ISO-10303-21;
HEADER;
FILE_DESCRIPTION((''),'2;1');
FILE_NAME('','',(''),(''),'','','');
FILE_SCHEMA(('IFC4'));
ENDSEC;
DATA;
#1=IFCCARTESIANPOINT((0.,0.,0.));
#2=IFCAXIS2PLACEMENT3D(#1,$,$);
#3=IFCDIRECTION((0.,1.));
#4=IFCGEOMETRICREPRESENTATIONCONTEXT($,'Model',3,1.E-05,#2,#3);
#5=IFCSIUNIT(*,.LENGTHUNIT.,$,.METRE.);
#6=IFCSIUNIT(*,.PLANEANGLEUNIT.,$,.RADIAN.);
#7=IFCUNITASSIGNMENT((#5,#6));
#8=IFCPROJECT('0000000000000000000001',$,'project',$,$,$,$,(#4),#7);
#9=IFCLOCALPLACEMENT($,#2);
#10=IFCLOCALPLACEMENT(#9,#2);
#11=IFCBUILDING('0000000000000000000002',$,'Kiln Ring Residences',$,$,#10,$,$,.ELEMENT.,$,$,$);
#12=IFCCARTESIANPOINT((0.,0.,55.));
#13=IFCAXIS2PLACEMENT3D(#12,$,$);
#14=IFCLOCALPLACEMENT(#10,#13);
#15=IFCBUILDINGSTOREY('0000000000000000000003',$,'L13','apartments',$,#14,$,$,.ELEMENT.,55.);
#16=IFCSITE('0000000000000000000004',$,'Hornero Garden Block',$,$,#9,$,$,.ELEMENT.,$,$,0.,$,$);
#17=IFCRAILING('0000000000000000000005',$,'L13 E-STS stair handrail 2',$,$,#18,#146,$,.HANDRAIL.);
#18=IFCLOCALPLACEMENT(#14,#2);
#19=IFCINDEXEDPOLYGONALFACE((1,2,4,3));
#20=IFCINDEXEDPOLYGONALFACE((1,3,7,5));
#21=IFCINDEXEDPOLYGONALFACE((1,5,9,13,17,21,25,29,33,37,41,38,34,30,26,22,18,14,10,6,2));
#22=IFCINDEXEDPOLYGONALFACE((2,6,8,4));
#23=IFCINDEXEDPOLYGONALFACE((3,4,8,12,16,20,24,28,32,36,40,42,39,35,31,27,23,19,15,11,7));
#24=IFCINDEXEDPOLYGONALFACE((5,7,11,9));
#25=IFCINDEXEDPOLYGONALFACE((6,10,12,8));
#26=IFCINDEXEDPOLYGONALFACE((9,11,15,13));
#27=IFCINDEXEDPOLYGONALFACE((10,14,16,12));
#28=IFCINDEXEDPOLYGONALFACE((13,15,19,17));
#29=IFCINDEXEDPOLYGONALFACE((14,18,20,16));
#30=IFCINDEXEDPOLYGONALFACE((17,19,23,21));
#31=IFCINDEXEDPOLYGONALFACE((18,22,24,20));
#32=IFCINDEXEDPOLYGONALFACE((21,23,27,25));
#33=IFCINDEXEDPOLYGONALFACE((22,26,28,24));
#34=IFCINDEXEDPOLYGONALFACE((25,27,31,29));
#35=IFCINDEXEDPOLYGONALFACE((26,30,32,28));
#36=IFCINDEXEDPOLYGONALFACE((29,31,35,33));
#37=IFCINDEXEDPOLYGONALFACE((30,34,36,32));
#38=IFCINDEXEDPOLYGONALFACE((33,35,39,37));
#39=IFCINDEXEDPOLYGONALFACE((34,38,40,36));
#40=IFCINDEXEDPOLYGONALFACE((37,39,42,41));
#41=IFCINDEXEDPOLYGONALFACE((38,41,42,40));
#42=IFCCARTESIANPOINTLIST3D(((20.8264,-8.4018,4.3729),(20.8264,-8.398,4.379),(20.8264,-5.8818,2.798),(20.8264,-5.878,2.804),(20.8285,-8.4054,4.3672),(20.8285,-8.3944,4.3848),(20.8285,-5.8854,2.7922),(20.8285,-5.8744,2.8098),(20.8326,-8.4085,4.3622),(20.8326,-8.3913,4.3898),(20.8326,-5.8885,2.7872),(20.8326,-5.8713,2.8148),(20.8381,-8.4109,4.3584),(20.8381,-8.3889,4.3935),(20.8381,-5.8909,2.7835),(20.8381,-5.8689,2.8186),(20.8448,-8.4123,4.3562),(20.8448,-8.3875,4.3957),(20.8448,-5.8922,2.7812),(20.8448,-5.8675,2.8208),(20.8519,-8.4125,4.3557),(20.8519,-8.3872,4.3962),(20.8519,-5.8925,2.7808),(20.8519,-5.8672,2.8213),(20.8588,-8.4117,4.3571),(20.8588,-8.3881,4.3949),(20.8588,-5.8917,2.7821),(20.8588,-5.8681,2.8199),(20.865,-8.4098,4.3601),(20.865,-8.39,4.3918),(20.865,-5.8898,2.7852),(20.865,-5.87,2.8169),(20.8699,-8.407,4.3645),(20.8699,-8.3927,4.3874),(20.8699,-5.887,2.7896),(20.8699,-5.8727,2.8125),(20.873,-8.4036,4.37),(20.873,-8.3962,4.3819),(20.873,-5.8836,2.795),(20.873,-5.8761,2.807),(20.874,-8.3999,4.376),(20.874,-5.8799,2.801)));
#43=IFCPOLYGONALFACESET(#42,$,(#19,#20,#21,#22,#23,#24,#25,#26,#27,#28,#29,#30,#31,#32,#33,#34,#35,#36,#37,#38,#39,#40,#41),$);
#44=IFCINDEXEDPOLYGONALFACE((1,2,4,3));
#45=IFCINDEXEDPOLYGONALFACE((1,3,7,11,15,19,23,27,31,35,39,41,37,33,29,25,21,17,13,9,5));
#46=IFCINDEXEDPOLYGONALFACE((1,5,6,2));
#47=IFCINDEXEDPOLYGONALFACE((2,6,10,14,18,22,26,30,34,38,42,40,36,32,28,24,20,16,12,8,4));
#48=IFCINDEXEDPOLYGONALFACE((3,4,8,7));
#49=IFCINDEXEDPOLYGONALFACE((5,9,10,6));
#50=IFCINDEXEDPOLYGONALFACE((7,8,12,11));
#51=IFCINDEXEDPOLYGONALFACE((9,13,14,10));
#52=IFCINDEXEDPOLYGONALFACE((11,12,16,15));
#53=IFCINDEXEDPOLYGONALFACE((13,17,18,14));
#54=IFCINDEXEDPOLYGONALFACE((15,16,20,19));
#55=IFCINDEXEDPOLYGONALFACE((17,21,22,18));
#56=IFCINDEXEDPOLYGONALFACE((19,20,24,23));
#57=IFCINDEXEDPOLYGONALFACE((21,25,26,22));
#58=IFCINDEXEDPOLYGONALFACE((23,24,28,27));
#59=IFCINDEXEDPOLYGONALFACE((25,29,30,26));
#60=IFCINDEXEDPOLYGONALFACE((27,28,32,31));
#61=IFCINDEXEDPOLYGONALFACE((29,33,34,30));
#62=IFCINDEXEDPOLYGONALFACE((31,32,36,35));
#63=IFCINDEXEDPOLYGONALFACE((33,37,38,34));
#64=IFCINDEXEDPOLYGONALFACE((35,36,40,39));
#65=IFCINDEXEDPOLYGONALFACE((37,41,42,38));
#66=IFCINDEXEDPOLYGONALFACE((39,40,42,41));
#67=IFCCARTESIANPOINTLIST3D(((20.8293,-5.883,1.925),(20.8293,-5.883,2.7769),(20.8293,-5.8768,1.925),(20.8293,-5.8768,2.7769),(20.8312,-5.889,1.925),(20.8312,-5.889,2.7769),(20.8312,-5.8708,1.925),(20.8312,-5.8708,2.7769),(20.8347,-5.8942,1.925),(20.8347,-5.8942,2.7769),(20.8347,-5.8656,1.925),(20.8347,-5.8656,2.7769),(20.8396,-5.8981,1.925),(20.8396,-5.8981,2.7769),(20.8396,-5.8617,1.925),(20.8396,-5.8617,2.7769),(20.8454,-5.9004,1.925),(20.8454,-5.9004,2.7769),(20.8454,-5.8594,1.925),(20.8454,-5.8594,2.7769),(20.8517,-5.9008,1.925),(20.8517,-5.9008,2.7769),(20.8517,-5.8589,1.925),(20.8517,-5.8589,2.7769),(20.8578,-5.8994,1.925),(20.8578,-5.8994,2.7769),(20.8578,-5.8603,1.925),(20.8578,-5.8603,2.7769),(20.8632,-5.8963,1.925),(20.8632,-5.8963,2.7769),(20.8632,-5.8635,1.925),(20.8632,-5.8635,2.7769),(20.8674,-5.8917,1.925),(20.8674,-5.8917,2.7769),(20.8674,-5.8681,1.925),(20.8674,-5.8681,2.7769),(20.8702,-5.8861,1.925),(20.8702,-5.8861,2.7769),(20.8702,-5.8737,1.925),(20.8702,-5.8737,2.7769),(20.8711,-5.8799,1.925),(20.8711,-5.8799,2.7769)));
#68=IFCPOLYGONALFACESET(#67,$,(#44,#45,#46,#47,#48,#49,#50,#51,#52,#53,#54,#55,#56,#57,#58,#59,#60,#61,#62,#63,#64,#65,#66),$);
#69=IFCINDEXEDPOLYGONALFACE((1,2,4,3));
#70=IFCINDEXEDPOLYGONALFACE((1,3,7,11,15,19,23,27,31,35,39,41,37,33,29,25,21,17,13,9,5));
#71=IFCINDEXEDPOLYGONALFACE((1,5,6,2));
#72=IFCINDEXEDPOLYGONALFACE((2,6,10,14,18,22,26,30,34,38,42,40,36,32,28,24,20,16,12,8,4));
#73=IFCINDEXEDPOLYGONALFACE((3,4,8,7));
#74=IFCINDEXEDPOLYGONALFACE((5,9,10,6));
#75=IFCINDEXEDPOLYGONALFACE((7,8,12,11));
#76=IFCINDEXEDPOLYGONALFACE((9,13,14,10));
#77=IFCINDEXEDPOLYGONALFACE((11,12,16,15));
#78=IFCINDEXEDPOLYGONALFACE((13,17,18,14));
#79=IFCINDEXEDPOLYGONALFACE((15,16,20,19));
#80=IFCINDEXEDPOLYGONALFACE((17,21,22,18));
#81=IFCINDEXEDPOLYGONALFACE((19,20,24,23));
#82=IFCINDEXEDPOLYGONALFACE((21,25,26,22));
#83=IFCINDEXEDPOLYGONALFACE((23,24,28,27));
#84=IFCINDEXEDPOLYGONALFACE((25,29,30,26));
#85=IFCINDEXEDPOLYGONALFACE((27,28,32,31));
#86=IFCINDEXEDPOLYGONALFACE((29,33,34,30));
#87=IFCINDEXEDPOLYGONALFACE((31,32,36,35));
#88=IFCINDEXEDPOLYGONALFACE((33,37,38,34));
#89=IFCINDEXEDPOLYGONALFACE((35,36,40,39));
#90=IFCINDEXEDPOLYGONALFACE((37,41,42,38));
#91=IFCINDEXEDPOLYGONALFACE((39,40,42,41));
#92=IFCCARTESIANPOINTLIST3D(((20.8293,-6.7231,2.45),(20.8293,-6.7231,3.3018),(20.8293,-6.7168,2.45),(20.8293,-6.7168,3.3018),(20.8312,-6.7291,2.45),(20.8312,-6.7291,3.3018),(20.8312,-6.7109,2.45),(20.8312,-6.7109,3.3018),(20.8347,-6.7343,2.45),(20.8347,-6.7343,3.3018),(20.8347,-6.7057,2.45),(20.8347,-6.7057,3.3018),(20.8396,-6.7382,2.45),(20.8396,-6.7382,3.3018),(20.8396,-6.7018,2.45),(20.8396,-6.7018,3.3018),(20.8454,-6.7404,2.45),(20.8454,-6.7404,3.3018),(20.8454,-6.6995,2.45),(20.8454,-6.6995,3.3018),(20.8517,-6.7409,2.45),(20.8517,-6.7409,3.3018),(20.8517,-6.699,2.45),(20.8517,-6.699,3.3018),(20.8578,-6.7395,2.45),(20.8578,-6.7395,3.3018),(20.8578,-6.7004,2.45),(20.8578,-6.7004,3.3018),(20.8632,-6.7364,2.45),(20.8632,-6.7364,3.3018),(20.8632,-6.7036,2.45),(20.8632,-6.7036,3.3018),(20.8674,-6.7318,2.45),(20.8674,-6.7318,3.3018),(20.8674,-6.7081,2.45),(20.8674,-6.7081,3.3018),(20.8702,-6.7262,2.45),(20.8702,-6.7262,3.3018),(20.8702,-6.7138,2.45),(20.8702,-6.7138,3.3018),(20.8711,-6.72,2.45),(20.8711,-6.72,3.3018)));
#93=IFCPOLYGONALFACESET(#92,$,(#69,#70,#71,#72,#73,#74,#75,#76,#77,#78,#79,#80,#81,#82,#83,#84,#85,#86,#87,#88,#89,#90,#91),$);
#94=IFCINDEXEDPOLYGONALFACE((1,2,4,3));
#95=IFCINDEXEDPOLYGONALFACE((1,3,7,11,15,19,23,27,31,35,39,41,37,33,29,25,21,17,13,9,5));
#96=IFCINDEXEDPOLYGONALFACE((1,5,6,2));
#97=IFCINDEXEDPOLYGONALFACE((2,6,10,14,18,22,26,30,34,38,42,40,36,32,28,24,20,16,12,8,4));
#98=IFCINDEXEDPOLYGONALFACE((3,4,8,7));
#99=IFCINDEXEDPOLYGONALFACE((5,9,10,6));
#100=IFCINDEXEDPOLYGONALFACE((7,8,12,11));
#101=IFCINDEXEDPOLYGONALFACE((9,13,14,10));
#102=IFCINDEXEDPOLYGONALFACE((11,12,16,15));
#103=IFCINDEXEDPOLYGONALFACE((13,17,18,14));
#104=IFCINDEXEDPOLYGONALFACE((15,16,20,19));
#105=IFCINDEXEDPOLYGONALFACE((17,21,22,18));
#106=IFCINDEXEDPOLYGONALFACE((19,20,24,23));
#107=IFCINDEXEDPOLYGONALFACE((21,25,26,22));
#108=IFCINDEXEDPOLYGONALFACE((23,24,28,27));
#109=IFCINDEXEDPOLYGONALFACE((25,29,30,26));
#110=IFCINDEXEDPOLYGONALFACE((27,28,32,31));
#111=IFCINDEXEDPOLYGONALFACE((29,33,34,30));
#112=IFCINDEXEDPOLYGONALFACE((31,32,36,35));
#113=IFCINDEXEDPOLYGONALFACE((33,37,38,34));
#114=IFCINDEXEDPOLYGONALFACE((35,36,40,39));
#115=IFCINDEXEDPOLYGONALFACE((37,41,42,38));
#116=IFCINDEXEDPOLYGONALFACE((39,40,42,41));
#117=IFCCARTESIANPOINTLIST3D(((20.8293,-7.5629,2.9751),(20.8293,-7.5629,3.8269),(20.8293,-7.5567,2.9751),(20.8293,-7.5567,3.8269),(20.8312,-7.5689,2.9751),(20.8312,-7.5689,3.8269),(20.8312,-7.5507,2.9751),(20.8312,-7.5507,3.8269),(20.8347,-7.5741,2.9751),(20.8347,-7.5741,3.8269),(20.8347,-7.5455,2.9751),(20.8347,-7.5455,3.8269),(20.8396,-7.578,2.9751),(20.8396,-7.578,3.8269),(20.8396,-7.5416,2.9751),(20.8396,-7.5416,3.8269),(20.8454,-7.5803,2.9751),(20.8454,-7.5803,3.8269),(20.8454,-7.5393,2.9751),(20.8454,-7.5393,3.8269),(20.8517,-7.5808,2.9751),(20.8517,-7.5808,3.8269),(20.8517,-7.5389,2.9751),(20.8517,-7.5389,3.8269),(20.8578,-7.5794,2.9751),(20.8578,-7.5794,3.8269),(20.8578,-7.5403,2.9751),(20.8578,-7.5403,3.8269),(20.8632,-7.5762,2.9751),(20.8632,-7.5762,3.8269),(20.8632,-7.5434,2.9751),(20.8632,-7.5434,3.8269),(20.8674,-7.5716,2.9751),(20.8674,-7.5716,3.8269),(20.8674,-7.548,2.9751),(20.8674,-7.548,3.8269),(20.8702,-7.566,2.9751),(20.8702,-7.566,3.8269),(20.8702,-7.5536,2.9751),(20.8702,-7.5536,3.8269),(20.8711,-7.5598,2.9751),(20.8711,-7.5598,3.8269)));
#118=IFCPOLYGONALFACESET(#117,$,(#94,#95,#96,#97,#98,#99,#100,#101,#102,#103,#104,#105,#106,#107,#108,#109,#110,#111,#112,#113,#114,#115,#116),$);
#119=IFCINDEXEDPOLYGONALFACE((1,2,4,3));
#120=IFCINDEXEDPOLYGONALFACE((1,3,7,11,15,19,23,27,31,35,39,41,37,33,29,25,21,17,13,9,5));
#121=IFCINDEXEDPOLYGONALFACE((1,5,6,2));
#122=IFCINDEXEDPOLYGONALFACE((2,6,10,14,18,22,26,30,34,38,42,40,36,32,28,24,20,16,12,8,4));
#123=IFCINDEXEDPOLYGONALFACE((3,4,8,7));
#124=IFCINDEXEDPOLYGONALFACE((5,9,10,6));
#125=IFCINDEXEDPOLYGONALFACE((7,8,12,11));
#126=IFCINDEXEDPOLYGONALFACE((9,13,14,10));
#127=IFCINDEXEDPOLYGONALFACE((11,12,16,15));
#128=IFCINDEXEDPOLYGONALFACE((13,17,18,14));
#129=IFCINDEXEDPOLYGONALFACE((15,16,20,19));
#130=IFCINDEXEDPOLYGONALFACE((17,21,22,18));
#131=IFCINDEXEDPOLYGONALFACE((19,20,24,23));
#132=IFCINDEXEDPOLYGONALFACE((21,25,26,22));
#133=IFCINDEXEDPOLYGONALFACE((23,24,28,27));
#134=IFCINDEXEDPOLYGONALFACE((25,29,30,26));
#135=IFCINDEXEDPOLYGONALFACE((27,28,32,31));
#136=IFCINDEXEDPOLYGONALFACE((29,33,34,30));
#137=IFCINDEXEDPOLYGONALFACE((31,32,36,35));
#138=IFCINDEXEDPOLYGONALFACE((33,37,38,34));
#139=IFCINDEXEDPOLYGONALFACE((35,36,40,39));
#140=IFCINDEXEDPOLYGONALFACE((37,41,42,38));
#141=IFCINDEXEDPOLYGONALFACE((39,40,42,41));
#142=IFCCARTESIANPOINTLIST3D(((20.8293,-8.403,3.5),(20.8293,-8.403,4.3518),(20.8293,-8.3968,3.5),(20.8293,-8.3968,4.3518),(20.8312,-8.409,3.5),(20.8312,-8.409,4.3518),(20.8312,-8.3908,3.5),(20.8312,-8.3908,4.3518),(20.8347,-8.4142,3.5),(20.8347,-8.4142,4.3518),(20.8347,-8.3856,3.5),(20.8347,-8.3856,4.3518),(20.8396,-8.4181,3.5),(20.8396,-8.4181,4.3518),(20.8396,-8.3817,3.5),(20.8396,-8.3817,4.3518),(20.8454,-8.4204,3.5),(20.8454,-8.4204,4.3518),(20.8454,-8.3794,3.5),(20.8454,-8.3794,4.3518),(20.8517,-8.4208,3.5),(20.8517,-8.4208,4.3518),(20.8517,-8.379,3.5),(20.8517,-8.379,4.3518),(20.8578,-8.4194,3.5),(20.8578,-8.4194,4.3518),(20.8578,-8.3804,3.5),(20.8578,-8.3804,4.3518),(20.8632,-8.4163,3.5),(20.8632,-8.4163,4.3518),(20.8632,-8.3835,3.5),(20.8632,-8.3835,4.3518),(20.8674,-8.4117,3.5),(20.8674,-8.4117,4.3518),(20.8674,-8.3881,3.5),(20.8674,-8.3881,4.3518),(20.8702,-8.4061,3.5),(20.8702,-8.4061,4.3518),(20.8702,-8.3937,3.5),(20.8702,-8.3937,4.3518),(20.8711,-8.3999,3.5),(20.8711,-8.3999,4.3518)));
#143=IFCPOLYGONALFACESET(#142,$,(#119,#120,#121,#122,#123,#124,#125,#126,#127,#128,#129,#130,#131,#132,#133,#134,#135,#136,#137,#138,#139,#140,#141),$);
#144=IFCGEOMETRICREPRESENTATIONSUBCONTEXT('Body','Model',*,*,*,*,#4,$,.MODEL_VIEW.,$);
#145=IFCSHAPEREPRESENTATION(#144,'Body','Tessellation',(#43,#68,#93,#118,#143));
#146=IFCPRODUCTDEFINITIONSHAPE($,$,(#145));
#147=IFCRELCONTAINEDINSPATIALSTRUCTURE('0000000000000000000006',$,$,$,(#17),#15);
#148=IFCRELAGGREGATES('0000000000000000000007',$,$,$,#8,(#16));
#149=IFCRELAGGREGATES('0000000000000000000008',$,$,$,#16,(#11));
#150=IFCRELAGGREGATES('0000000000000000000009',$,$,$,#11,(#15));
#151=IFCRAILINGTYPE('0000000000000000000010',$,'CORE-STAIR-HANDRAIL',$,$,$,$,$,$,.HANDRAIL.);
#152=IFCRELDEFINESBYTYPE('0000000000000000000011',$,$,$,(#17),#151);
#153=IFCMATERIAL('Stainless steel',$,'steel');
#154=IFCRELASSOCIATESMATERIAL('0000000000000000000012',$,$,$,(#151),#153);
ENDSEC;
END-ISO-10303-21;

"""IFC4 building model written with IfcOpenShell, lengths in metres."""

from ifc_helpers import new_model, si_unit, direction, frame, origin, origin_2d, place, context, subcontext, project, spatial, circle, extrude, material, type_object, element, save


model = new_model("IFC4")

# Units and contexts
model_context = context("Model", 3, precision=1e-05, world=origin(), true_north=direction((0.0, 1.0)))
body_context = subcontext(model_context, "Body", "Model", "MODEL_VIEW")
ifc_project = project(units=[si_unit("LENGTHUNIT", "METRE"), si_unit("PLANEANGLEUNIT", "RADIAN")], contexts=[model_context])

# Site, building, storey
site_placement = place(None, origin())
site = spatial("IfcSite", under=ifc_project, at=site_placement, Name="Hornero Garden Block", CompositionType="ELEMENT", RefElevation=0.0)
building_placement = place(site_placement, origin())
building = spatial("IfcBuilding", under=site, at=building_placement, Name="Kiln Ring Residences", CompositionType="ELEMENT")
storey_placement = place(building_placement, frame((0.0, 0.0, 55.0)))
storey = spatial("IfcBuildingStorey", under=building, at=storey_placement, Name="L13", Description="apartments", CompositionType="ELEMENT", Elevation=55.0)

# Railing
ifc_material_1 = material(Name="Stainless steel", Category="steel")
railing_type_1 = type_object("IfcRailingType", Name="CORE-STAIR-HANDRAIL", PredefinedType="HANDRAIL", material=ifc_material_1)
railing_1_placement = place(storey_placement, frame((20.8501, -5.8799, 1.925)))
element("IfcRailing", 1, at=railing_1_placement, inside=storey, type_object=railing_type_1, Name="L13 E-STS stair handrail 2", PredefinedType="HANDRAIL", context=body_context, shape_type="SweptSolid", body=[
    extrude(circle(Radius=0.0239, at=origin_2d()), frame((0.0, 0.0, 0.876), z_axis=(0.0, -0.848008, 0.529984), x_axis=(1.0, 0.0, 0.0)), (0.0, 0.0, 1.0), 2.9717),
    extrude(circle(Radius=0.021, at=origin_2d()), origin(), (0.0, 0.0, 1.0), 0.8518),
    extrude(circle(Radius=0.021, at=origin_2d()), frame((0.0, -0.8401, 0.5249)), (0.0, 0.0, 1.0), 0.8518),
    extrude(circle(Radius=0.021, at=origin_2d()), frame((0.0, -1.6799, 1.05)), (0.0, 0.0, 1.0), 0.8518),
    extrude(circle(Radius=0.021, at=origin_2d()), frame((0.0, -2.52, 1.575)), (0.0, 0.0, 1.0), 0.8518),
])

save(model, "model.ifc")
